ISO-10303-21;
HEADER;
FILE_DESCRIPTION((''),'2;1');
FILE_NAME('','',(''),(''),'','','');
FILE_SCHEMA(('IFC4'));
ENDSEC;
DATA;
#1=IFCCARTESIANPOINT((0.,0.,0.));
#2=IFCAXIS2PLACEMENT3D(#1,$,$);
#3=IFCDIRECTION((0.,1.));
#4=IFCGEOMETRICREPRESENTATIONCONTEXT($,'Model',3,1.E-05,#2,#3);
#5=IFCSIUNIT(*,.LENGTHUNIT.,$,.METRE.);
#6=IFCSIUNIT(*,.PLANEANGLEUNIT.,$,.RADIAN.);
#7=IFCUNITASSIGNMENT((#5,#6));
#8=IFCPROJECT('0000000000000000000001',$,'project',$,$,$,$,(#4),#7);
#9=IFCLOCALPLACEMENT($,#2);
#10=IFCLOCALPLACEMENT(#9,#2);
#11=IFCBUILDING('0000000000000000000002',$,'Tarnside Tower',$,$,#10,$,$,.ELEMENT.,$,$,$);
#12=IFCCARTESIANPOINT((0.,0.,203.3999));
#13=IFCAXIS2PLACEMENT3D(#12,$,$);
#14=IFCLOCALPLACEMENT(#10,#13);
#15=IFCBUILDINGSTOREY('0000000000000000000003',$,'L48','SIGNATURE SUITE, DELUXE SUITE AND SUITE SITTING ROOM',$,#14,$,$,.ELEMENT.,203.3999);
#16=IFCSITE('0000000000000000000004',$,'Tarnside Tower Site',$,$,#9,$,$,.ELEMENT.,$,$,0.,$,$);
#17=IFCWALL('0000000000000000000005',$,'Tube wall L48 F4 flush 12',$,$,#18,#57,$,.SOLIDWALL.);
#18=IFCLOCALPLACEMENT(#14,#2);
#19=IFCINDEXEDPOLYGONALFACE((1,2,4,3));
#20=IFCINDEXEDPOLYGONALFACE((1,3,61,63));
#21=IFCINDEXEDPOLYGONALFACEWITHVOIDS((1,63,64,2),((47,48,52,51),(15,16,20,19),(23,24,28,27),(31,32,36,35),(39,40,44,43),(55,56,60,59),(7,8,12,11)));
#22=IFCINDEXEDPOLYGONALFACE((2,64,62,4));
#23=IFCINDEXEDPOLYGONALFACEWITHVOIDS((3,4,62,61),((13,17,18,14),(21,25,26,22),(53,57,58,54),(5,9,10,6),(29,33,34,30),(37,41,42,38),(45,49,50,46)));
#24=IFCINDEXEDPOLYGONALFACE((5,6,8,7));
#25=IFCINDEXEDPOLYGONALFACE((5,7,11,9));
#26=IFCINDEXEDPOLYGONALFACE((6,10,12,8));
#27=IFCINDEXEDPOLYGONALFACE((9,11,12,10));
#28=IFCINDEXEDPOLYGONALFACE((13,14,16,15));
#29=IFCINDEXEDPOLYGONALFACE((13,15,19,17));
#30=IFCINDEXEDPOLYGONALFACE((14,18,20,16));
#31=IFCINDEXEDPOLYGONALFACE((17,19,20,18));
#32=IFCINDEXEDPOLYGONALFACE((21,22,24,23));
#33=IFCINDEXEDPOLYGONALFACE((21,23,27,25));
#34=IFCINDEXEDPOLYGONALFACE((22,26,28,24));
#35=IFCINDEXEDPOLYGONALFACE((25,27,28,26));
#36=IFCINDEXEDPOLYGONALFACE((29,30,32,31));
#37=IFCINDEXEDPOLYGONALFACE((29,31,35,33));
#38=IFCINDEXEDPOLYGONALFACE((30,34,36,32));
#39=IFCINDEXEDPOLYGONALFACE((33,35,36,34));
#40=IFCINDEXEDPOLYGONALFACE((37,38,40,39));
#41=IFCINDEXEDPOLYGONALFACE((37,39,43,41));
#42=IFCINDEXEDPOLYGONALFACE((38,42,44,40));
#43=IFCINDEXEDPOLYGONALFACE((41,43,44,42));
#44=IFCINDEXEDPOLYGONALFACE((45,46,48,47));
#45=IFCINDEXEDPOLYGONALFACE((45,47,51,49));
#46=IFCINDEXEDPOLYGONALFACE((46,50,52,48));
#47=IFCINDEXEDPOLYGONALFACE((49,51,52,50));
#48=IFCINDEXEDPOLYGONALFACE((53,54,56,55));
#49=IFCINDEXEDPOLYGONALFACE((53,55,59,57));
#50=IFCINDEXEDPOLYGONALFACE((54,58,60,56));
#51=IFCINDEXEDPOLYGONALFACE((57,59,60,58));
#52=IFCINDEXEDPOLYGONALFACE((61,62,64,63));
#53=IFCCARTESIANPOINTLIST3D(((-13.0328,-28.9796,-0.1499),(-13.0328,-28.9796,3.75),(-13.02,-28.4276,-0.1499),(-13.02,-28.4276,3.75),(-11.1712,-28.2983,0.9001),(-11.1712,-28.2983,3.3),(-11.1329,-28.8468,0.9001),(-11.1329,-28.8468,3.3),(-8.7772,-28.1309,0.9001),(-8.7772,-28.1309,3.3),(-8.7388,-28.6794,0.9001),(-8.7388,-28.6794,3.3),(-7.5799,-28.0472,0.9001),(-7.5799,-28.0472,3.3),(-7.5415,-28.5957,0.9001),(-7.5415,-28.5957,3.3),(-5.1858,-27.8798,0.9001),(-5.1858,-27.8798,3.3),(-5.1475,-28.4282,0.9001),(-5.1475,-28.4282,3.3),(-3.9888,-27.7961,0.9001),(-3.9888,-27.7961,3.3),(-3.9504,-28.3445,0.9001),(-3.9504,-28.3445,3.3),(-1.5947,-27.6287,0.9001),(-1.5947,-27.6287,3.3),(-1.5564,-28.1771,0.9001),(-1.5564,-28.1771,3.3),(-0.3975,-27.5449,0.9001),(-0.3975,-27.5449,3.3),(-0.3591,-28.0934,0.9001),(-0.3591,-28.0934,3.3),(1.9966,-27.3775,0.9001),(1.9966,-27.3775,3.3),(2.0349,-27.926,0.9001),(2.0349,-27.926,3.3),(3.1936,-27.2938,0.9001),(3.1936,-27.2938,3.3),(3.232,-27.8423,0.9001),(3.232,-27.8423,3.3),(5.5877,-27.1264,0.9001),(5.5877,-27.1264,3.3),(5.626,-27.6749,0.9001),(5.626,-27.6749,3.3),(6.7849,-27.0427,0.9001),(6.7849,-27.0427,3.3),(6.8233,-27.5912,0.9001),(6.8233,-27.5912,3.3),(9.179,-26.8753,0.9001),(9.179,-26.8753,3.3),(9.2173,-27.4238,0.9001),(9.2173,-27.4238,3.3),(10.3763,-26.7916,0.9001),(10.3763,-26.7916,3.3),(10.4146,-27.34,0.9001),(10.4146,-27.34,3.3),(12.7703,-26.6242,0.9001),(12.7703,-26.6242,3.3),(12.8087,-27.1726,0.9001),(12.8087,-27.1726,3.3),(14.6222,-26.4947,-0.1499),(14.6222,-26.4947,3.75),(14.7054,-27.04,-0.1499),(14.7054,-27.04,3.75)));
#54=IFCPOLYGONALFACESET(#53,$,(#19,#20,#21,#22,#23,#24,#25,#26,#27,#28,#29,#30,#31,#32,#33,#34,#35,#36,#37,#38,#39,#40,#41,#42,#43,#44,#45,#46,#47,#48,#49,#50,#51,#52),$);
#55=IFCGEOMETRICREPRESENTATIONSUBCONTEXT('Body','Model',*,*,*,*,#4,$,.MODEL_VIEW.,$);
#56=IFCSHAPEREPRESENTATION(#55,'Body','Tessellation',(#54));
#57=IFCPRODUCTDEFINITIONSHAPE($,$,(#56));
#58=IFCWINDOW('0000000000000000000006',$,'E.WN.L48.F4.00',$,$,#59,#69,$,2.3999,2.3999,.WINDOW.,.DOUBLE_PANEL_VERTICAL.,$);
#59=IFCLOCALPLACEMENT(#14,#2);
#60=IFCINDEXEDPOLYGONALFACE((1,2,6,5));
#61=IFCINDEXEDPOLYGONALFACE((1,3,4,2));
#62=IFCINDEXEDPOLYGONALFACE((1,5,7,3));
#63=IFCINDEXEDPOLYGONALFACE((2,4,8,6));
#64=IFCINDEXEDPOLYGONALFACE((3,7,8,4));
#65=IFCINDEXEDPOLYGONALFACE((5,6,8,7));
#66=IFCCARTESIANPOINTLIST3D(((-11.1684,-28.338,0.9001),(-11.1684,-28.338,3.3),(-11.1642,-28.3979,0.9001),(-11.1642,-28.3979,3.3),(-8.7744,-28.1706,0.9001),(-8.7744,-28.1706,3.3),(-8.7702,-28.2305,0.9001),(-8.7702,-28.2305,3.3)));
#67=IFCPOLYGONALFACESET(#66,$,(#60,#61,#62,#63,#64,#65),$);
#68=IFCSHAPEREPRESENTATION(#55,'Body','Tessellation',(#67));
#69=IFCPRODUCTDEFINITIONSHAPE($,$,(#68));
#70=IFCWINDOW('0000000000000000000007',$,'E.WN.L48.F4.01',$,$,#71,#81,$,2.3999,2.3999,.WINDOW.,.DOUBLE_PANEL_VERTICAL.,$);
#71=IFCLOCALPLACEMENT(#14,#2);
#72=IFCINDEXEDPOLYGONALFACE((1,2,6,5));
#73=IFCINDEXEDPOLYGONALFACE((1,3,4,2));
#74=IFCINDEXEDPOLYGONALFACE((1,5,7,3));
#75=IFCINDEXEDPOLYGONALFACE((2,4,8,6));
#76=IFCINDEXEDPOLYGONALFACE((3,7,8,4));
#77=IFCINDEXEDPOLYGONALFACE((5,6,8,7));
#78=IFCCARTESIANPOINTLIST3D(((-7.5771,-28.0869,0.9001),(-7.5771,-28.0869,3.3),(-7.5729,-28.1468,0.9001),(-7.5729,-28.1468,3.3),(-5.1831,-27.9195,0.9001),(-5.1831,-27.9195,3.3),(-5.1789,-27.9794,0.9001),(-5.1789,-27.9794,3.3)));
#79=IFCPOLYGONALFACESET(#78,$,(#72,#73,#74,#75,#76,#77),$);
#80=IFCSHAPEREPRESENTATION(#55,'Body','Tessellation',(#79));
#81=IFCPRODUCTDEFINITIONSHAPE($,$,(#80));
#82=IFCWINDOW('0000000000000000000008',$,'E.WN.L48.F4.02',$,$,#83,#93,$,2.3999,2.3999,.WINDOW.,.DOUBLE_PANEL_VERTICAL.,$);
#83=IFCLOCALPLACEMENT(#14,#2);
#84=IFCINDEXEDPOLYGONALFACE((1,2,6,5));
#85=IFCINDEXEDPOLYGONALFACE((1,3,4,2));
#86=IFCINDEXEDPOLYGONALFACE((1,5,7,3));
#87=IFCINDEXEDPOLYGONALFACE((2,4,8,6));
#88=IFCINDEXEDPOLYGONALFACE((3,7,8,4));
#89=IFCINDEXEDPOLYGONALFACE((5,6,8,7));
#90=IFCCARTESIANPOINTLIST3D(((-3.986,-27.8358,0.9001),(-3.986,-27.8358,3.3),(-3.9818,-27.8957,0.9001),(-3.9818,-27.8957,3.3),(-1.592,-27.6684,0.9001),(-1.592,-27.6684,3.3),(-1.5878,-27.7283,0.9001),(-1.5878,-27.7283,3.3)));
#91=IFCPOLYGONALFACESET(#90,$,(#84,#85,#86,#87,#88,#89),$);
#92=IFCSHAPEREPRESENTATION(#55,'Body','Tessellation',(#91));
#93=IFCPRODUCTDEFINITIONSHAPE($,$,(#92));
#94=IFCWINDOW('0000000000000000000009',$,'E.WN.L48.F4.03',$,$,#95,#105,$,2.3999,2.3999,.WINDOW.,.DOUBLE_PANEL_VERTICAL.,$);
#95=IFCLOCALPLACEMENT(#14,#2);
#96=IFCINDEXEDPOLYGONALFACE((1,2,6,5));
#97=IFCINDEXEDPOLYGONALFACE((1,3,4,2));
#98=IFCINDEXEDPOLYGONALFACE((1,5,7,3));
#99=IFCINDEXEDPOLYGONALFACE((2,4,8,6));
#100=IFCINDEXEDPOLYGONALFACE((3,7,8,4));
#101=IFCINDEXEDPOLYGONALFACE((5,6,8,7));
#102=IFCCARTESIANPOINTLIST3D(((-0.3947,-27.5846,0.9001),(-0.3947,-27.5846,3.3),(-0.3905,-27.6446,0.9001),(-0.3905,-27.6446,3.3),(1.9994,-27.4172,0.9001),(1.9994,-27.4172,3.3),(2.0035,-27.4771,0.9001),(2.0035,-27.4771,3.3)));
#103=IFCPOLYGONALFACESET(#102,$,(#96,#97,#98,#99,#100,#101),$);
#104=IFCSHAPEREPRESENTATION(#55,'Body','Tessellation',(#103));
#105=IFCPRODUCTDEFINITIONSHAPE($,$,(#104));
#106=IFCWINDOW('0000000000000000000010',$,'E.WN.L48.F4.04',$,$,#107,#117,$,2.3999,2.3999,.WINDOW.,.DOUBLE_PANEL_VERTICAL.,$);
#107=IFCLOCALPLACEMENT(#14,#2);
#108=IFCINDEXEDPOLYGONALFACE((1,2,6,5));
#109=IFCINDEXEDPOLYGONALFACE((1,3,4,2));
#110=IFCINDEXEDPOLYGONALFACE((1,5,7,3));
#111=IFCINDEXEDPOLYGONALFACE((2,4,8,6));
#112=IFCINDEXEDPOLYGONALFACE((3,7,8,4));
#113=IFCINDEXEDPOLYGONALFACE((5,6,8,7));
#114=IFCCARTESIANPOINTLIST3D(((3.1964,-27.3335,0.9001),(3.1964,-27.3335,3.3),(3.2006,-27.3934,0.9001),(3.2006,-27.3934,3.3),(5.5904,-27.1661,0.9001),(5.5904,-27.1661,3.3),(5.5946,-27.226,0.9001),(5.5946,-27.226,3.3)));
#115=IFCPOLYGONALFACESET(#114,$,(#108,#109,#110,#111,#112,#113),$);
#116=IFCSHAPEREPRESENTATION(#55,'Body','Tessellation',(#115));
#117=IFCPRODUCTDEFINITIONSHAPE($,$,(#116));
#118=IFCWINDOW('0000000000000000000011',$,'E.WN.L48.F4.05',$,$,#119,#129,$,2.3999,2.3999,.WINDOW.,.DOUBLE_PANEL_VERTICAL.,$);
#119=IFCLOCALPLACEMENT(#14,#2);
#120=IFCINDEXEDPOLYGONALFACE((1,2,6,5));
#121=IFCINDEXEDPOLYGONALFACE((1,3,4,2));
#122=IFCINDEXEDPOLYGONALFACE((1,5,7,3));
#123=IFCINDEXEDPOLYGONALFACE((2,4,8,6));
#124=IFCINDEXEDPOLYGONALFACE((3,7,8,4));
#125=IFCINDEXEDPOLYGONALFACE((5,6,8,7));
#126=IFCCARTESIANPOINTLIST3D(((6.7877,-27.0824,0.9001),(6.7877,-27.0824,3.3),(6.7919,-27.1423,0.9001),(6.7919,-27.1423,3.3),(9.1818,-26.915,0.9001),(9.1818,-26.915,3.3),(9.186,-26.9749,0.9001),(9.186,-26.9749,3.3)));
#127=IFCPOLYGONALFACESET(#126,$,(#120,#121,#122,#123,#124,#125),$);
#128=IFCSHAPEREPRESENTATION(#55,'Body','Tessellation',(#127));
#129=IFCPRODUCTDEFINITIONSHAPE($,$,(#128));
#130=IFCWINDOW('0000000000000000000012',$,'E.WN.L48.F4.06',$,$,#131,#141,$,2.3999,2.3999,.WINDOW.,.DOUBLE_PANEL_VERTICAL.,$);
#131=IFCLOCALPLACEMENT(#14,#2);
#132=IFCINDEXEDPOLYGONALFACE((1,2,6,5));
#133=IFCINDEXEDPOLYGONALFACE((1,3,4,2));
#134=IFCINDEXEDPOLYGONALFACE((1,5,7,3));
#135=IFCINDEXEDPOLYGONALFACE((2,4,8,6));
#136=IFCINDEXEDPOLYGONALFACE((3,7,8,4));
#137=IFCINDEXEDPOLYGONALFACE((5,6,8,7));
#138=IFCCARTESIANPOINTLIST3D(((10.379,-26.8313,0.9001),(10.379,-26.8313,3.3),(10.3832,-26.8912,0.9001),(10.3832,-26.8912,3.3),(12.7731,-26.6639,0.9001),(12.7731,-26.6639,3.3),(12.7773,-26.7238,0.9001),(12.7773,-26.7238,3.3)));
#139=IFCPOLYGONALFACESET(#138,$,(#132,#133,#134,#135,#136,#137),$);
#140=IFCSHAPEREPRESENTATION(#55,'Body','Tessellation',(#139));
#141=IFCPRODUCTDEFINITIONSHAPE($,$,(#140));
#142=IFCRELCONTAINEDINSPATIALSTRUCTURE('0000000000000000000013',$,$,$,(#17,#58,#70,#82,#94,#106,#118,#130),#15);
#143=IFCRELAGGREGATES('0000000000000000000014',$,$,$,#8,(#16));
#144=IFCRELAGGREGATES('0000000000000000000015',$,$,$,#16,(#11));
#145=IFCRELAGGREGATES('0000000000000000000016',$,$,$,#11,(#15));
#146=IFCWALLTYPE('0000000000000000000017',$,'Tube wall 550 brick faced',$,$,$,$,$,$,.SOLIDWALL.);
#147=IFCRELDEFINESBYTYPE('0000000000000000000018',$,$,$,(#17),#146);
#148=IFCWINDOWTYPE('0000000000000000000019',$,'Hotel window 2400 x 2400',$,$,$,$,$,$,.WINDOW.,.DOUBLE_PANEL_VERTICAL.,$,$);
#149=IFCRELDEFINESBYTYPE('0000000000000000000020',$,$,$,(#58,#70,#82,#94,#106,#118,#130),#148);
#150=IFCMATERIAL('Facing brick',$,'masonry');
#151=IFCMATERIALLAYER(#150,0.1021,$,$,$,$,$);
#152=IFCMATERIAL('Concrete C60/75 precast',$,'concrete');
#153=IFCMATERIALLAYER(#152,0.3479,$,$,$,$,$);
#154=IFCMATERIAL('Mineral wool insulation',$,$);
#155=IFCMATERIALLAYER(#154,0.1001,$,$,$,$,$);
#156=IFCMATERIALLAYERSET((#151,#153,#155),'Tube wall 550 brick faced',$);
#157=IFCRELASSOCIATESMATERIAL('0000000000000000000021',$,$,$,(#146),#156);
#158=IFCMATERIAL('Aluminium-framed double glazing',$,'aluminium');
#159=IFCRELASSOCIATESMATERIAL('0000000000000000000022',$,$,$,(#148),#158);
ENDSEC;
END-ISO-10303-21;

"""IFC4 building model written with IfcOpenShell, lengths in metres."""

from ifc_helpers import new_model, si_unit, direction, frame, frame_2d, origin, place, context, subcontext, project, spatial, polyline, rectangle, outline, extrude, material, layer, layer_set, type_object, element, fill, save


model = new_model("IFC4")

# Units and contexts
model_context = context("Model", 3, precision=1e-05, world=origin(), true_north=direction((0.0, 1.0)))
body_context = subcontext(model_context, "Body", "Model", "MODEL_VIEW")
ifc_project = project(units=[si_unit("LENGTHUNIT", "METRE"), si_unit("PLANEANGLEUNIT", "RADIAN")], contexts=[model_context])

# Site, building, storey
site_placement = place(None, origin())
site = spatial("IfcSite", under=ifc_project, at=site_placement, Name="Tarnside Tower Site", CompositionType="ELEMENT", RefElevation=0.0)
building_placement = place(site_placement, origin())
building = spatial("IfcBuilding", under=site, at=building_placement, Name="Tarnside Tower", CompositionType="ELEMENT")
storey_placement = place(building_placement, frame((0.0, 0.0, 203.3999)))
storey = spatial("IfcBuildingStorey", under=building, at=storey_placement, Name="L48", Description="SIGNATURE SUITE, DELUXE SUITE AND SUITE SITTING ROOM", CompositionType="ELEMENT", Elevation=203.3999)

# Shared definitions
ifc_material_1 = material(Name="Facing brick", Category="masonry")
ifc_layer_1 = layer(ifc_material_1, 0.1021)
ifc_material_2 = material(Name="Concrete C60/75 precast", Category="concrete")
ifc_layer_2 = layer(ifc_material_2, 0.3479)
ifc_material_3 = material(Name="Mineral wool insulation")
ifc_layer_3 = layer(ifc_material_3, 0.1001)
ifc_layer_set_1 = layer_set([ifc_layer_1, ifc_layer_2, ifc_layer_3], Name="Tube wall 550 brick faced")
wall_type_1 = type_object("IfcWallType", Name="Tube wall 550 brick faced", PredefinedType="SOLIDWALL", material=ifc_layer_set_1)

# Wall, openings, windows
wall_1_placement = place(storey_placement, frame((-13.0264, -28.7036, -0.1499), z_axis=(0.0, 0.0, 1.0), x_axis=(0.997564, 0.069756, 0.0)))
wall_1 = element("IfcWall", 1, at=wall_1_placement, inside=storey, type_object=wall_type_1, Name="Tube wall L48 F4 flush 12", PredefinedType="SOLIDWALL", context=body_context, shape_type="SweptSolid", body=[
    extrude(outline(polyline([(-0.0256, -0.2749), (27.7803, -0.2749), (27.7354, 0.2749), (0.0256, 0.2749), (-0.0256, -0.2749)])), origin(), (0.0, 0.0, 1.0), 3.8999),
])
opening_1_placement = place(wall_1_placement, frame((1.8789, 0.0, 1.05)))
opening_1 = element("IfcOpeningElement", 2, at=opening_1_placement, cuts=wall_1, PredefinedType="OPENING", context=body_context, shape_type="SweptSolid", body=[
    extrude(rectangle(XDim=2.3999, YDim=2.3999, at=frame_2d((1.2, 1.2))), frame((0.0, 0.2852, 0.0), z_axis=(0.0, -1.0, 0.0), x_axis=(1.0, 0.0, 0.0)), (0.0, 0.0, 1.0), 0.5701),
])
opening_2_placement = place(wall_1_placement, frame((5.479, 0.0, 1.05)))
opening_2 = element("IfcOpeningElement", 3, at=opening_2_placement, cuts=wall_1, PredefinedType="OPENING", context=body_context, shape_type="SweptSolid", body=[
    extrude(rectangle(XDim=2.3999, YDim=2.3999, at=frame_2d((1.2, 1.2))), frame((0.0, 0.2852, 0.0), z_axis=(0.0, -1.0, 0.0), x_axis=(1.0, 0.0, 0.0)), (0.0, 0.0, 1.0), 0.5701),
])
opening_3_placement = place(wall_1_placement, frame((9.0789, 0.0, 1.05)))
opening_3 = element("IfcOpeningElement", 4, at=opening_3_placement, cuts=wall_1, PredefinedType="OPENING", context=body_context, shape_type="SweptSolid", body=[
    extrude(rectangle(XDim=2.3999, YDim=2.3999, at=frame_2d((1.2, 1.2))), frame((0.0, 0.2852, 0.0), z_axis=(0.0, -1.0, 0.0), x_axis=(1.0, 0.0, 0.0)), (0.0, 0.0, 1.0), 0.5701),
])
opening_4_placement = place(wall_1_placement, frame((12.679, 0.0, 1.05)))
opening_4 = element("IfcOpeningElement", 5, at=opening_4_placement, cuts=wall_1, PredefinedType="OPENING", context=body_context, shape_type="SweptSolid", body=[
    extrude(rectangle(XDim=2.3999, YDim=2.3999, at=frame_2d((1.2, 1.2))), frame((0.0, 0.2852, 0.0), z_axis=(0.0, -1.0, 0.0), x_axis=(1.0, 0.0, 0.0)), (0.0, 0.0, 1.0), 0.5701),
])
opening_5_placement = place(wall_1_placement, frame((16.2788, 0.0, 1.05)))
opening_5 = element("IfcOpeningElement", 6, at=opening_5_placement, cuts=wall_1, PredefinedType="OPENING", context=body_context, shape_type="SweptSolid", body=[
    extrude(rectangle(XDim=2.3999, YDim=2.3999, at=frame_2d((1.2, 1.2))), frame((0.0, 0.2852, 0.0), z_axis=(0.0, -1.0, 0.0), x_axis=(1.0, 0.0, 0.0)), (0.0, 0.0, 1.0), 0.5701),
])
opening_6_placement = place(wall_1_placement, frame((19.8789, 0.0, 1.05)))
opening_6 = element("IfcOpeningElement", 7, at=opening_6_placement, cuts=wall_1, PredefinedType="OPENING", context=body_context, shape_type="SweptSolid", body=[
    extrude(rectangle(XDim=2.3999, YDim=2.3999, at=frame_2d((1.2, 1.2))), frame((0.0, 0.2852, 0.0), z_axis=(0.0, -1.0, 0.0), x_axis=(1.0, 0.0, 0.0)), (0.0, 0.0, 1.0), 0.5701),
])
opening_7_placement = place(wall_1_placement, frame((23.479, 0.0, 1.05)))
opening_7 = element("IfcOpeningElement", 8, at=opening_7_placement, cuts=wall_1, PredefinedType="OPENING", context=body_context, shape_type="SweptSolid", body=[
    extrude(rectangle(XDim=2.3999, YDim=2.3999, at=frame_2d((1.2, 1.2))), frame((0.0, 0.2852, 0.0), z_axis=(0.0, -1.0, 0.0), x_axis=(1.0, 0.0, 0.0)), (0.0, 0.0, 1.0), 0.5701),
])
ifc_material_4 = material(Name="Aluminium-framed double glazing", Category="aluminium")
window_type = type_object("IfcWindowType", Name="Hotel window 2400 x 2400", PartitioningType="DOUBLE_PANEL_VERTICAL", PredefinedType="WINDOW", material=ifc_material_4)
window_1_placement = place(opening_1_placement, frame((0.0, 0.2051, 0.0)))
window_1 = element("IfcWindow", 9, at=window_1_placement, inside=storey, type_object=window_type, Name="E.WN.L48.F4.00", OverallHeight=2.3999, OverallWidth=2.3999, PartitioningType="DOUBLE_PANEL_VERTICAL", PredefinedType="WINDOW", context=body_context, shape_type="SweptSolid", body=[
    extrude(rectangle(XDim=2.3999, YDim=2.3999, at=frame_2d((1.2, 1.2))), frame((0.0, 0.03, 0.0), z_axis=(0.0, -1.0, 0.0), x_axis=(1.0, 0.0, 0.0)), (0.0, 0.0, 1.0), 0.0601),
])
fill(opening_1, window_1)
window_2_placement = place(opening_2_placement, frame((0.0, 0.2051, 0.0)))
window_2 = element("IfcWindow", 10, at=window_2_placement, inside=storey, type_object=window_type, Name="E.WN.L48.F4.01", OverallHeight=2.3999, OverallWidth=2.3999, PartitioningType="DOUBLE_PANEL_VERTICAL", PredefinedType="WINDOW", context=body_context, shape_type="SweptSolid", body=[
    extrude(rectangle(XDim=2.3999, YDim=2.3999, at=frame_2d((1.2, 1.2))), frame((0.0, 0.03, 0.0), z_axis=(0.0, -1.0, 0.0), x_axis=(1.0, 0.0, 0.0)), (0.0, 0.0, 1.0), 0.0601),
])
fill(opening_2, window_2)
window_3_placement = place(opening_3_placement, frame((0.0, 0.2051, 0.0)))
window_3 = element("IfcWindow", 11, at=window_3_placement, inside=storey, type_object=window_type, Name="E.WN.L48.F4.02", OverallHeight=2.3999, OverallWidth=2.3999, PartitioningType="DOUBLE_PANEL_VERTICAL", PredefinedType="WINDOW", context=body_context, shape_type="SweptSolid", body=[
    extrude(rectangle(XDim=2.3999, YDim=2.3999, at=frame_2d((1.2, 1.2))), frame((0.0, 0.03, 0.0), z_axis=(0.0, -1.0, 0.0), x_axis=(1.0, 0.0, 0.0)), (0.0, 0.0, 1.0), 0.0601),
])
fill(opening_3, window_3)
window_4_placement = place(opening_4_placement, frame((0.0, 0.2051, 0.0)))
window_4 = element("IfcWindow", 12, at=window_4_placement, inside=storey, type_object=window_type, Name="E.WN.L48.F4.03", OverallHeight=2.3999, OverallWidth=2.3999, PartitioningType="DOUBLE_PANEL_VERTICAL", PredefinedType="WINDOW", context=body_context, shape_type="SweptSolid", body=[
    extrude(rectangle(XDim=2.3999, YDim=2.3999, at=frame_2d((1.2, 1.2))), frame((0.0, 0.03, 0.0), z_axis=(0.0, -1.0, 0.0), x_axis=(1.0, 0.0, 0.0)), (0.0, 0.0, 1.0), 0.0601),
])
fill(opening_4, window_4)
window_5_placement = place(opening_5_placement, frame((0.0, 0.2051, 0.0)))
window_5 = element("IfcWindow", 13, at=window_5_placement, inside=storey, type_object=window_type, Name="E.WN.L48.F4.04", OverallHeight=2.3999, OverallWidth=2.3999, PartitioningType="DOUBLE_PANEL_VERTICAL", PredefinedType="WINDOW", context=body_context, shape_type="SweptSolid", body=[
    extrude(rectangle(XDim=2.3999, YDim=2.3999, at=frame_2d((1.2, 1.2))), frame((0.0, 0.03, 0.0), z_axis=(0.0, -1.0, 0.0), x_axis=(1.0, 0.0, 0.0)), (0.0, 0.0, 1.0), 0.0601),
])
fill(opening_5, window_5)
window_6_placement = place(opening_6_placement, frame((0.0, 0.2051, 0.0)))
window_6 = element("IfcWindow", 14, at=window_6_placement, inside=storey, type_object=window_type, Name="E.WN.L48.F4.05", OverallHeight=2.3999, OverallWidth=2.3999, PartitioningType="DOUBLE_PANEL_VERTICAL", PredefinedType="WINDOW", context=body_context, shape_type="SweptSolid", body=[
    extrude(rectangle(XDim=2.3999, YDim=2.3999, at=frame_2d((1.2, 1.2))), frame((0.0, 0.03, 0.0), z_axis=(0.0, -1.0, 0.0), x_axis=(1.0, 0.0, 0.0)), (0.0, 0.0, 1.0), 0.0601),
])
fill(opening_6, window_6)
window_7_placement = place(opening_7_placement, frame((0.0, 0.2051, 0.0)))
window_7 = element("IfcWindow", 15, at=window_7_placement, inside=storey, type_object=window_type, Name="E.WN.L48.F4.06", OverallHeight=2.3999, OverallWidth=2.3999, PartitioningType="DOUBLE_PANEL_VERTICAL", PredefinedType="WINDOW", context=body_context, shape_type="SweptSolid", body=[
    extrude(rectangle(XDim=2.3999, YDim=2.3999, at=frame_2d((1.2, 1.2))), frame((0.0, 0.03, 0.0), z_axis=(0.0, -1.0, 0.0), x_axis=(1.0, 0.0, 0.0)), (0.0, 0.0, 1.0), 0.0601),
])
fill(opening_7, window_7)

save(model, "model.ifc")
